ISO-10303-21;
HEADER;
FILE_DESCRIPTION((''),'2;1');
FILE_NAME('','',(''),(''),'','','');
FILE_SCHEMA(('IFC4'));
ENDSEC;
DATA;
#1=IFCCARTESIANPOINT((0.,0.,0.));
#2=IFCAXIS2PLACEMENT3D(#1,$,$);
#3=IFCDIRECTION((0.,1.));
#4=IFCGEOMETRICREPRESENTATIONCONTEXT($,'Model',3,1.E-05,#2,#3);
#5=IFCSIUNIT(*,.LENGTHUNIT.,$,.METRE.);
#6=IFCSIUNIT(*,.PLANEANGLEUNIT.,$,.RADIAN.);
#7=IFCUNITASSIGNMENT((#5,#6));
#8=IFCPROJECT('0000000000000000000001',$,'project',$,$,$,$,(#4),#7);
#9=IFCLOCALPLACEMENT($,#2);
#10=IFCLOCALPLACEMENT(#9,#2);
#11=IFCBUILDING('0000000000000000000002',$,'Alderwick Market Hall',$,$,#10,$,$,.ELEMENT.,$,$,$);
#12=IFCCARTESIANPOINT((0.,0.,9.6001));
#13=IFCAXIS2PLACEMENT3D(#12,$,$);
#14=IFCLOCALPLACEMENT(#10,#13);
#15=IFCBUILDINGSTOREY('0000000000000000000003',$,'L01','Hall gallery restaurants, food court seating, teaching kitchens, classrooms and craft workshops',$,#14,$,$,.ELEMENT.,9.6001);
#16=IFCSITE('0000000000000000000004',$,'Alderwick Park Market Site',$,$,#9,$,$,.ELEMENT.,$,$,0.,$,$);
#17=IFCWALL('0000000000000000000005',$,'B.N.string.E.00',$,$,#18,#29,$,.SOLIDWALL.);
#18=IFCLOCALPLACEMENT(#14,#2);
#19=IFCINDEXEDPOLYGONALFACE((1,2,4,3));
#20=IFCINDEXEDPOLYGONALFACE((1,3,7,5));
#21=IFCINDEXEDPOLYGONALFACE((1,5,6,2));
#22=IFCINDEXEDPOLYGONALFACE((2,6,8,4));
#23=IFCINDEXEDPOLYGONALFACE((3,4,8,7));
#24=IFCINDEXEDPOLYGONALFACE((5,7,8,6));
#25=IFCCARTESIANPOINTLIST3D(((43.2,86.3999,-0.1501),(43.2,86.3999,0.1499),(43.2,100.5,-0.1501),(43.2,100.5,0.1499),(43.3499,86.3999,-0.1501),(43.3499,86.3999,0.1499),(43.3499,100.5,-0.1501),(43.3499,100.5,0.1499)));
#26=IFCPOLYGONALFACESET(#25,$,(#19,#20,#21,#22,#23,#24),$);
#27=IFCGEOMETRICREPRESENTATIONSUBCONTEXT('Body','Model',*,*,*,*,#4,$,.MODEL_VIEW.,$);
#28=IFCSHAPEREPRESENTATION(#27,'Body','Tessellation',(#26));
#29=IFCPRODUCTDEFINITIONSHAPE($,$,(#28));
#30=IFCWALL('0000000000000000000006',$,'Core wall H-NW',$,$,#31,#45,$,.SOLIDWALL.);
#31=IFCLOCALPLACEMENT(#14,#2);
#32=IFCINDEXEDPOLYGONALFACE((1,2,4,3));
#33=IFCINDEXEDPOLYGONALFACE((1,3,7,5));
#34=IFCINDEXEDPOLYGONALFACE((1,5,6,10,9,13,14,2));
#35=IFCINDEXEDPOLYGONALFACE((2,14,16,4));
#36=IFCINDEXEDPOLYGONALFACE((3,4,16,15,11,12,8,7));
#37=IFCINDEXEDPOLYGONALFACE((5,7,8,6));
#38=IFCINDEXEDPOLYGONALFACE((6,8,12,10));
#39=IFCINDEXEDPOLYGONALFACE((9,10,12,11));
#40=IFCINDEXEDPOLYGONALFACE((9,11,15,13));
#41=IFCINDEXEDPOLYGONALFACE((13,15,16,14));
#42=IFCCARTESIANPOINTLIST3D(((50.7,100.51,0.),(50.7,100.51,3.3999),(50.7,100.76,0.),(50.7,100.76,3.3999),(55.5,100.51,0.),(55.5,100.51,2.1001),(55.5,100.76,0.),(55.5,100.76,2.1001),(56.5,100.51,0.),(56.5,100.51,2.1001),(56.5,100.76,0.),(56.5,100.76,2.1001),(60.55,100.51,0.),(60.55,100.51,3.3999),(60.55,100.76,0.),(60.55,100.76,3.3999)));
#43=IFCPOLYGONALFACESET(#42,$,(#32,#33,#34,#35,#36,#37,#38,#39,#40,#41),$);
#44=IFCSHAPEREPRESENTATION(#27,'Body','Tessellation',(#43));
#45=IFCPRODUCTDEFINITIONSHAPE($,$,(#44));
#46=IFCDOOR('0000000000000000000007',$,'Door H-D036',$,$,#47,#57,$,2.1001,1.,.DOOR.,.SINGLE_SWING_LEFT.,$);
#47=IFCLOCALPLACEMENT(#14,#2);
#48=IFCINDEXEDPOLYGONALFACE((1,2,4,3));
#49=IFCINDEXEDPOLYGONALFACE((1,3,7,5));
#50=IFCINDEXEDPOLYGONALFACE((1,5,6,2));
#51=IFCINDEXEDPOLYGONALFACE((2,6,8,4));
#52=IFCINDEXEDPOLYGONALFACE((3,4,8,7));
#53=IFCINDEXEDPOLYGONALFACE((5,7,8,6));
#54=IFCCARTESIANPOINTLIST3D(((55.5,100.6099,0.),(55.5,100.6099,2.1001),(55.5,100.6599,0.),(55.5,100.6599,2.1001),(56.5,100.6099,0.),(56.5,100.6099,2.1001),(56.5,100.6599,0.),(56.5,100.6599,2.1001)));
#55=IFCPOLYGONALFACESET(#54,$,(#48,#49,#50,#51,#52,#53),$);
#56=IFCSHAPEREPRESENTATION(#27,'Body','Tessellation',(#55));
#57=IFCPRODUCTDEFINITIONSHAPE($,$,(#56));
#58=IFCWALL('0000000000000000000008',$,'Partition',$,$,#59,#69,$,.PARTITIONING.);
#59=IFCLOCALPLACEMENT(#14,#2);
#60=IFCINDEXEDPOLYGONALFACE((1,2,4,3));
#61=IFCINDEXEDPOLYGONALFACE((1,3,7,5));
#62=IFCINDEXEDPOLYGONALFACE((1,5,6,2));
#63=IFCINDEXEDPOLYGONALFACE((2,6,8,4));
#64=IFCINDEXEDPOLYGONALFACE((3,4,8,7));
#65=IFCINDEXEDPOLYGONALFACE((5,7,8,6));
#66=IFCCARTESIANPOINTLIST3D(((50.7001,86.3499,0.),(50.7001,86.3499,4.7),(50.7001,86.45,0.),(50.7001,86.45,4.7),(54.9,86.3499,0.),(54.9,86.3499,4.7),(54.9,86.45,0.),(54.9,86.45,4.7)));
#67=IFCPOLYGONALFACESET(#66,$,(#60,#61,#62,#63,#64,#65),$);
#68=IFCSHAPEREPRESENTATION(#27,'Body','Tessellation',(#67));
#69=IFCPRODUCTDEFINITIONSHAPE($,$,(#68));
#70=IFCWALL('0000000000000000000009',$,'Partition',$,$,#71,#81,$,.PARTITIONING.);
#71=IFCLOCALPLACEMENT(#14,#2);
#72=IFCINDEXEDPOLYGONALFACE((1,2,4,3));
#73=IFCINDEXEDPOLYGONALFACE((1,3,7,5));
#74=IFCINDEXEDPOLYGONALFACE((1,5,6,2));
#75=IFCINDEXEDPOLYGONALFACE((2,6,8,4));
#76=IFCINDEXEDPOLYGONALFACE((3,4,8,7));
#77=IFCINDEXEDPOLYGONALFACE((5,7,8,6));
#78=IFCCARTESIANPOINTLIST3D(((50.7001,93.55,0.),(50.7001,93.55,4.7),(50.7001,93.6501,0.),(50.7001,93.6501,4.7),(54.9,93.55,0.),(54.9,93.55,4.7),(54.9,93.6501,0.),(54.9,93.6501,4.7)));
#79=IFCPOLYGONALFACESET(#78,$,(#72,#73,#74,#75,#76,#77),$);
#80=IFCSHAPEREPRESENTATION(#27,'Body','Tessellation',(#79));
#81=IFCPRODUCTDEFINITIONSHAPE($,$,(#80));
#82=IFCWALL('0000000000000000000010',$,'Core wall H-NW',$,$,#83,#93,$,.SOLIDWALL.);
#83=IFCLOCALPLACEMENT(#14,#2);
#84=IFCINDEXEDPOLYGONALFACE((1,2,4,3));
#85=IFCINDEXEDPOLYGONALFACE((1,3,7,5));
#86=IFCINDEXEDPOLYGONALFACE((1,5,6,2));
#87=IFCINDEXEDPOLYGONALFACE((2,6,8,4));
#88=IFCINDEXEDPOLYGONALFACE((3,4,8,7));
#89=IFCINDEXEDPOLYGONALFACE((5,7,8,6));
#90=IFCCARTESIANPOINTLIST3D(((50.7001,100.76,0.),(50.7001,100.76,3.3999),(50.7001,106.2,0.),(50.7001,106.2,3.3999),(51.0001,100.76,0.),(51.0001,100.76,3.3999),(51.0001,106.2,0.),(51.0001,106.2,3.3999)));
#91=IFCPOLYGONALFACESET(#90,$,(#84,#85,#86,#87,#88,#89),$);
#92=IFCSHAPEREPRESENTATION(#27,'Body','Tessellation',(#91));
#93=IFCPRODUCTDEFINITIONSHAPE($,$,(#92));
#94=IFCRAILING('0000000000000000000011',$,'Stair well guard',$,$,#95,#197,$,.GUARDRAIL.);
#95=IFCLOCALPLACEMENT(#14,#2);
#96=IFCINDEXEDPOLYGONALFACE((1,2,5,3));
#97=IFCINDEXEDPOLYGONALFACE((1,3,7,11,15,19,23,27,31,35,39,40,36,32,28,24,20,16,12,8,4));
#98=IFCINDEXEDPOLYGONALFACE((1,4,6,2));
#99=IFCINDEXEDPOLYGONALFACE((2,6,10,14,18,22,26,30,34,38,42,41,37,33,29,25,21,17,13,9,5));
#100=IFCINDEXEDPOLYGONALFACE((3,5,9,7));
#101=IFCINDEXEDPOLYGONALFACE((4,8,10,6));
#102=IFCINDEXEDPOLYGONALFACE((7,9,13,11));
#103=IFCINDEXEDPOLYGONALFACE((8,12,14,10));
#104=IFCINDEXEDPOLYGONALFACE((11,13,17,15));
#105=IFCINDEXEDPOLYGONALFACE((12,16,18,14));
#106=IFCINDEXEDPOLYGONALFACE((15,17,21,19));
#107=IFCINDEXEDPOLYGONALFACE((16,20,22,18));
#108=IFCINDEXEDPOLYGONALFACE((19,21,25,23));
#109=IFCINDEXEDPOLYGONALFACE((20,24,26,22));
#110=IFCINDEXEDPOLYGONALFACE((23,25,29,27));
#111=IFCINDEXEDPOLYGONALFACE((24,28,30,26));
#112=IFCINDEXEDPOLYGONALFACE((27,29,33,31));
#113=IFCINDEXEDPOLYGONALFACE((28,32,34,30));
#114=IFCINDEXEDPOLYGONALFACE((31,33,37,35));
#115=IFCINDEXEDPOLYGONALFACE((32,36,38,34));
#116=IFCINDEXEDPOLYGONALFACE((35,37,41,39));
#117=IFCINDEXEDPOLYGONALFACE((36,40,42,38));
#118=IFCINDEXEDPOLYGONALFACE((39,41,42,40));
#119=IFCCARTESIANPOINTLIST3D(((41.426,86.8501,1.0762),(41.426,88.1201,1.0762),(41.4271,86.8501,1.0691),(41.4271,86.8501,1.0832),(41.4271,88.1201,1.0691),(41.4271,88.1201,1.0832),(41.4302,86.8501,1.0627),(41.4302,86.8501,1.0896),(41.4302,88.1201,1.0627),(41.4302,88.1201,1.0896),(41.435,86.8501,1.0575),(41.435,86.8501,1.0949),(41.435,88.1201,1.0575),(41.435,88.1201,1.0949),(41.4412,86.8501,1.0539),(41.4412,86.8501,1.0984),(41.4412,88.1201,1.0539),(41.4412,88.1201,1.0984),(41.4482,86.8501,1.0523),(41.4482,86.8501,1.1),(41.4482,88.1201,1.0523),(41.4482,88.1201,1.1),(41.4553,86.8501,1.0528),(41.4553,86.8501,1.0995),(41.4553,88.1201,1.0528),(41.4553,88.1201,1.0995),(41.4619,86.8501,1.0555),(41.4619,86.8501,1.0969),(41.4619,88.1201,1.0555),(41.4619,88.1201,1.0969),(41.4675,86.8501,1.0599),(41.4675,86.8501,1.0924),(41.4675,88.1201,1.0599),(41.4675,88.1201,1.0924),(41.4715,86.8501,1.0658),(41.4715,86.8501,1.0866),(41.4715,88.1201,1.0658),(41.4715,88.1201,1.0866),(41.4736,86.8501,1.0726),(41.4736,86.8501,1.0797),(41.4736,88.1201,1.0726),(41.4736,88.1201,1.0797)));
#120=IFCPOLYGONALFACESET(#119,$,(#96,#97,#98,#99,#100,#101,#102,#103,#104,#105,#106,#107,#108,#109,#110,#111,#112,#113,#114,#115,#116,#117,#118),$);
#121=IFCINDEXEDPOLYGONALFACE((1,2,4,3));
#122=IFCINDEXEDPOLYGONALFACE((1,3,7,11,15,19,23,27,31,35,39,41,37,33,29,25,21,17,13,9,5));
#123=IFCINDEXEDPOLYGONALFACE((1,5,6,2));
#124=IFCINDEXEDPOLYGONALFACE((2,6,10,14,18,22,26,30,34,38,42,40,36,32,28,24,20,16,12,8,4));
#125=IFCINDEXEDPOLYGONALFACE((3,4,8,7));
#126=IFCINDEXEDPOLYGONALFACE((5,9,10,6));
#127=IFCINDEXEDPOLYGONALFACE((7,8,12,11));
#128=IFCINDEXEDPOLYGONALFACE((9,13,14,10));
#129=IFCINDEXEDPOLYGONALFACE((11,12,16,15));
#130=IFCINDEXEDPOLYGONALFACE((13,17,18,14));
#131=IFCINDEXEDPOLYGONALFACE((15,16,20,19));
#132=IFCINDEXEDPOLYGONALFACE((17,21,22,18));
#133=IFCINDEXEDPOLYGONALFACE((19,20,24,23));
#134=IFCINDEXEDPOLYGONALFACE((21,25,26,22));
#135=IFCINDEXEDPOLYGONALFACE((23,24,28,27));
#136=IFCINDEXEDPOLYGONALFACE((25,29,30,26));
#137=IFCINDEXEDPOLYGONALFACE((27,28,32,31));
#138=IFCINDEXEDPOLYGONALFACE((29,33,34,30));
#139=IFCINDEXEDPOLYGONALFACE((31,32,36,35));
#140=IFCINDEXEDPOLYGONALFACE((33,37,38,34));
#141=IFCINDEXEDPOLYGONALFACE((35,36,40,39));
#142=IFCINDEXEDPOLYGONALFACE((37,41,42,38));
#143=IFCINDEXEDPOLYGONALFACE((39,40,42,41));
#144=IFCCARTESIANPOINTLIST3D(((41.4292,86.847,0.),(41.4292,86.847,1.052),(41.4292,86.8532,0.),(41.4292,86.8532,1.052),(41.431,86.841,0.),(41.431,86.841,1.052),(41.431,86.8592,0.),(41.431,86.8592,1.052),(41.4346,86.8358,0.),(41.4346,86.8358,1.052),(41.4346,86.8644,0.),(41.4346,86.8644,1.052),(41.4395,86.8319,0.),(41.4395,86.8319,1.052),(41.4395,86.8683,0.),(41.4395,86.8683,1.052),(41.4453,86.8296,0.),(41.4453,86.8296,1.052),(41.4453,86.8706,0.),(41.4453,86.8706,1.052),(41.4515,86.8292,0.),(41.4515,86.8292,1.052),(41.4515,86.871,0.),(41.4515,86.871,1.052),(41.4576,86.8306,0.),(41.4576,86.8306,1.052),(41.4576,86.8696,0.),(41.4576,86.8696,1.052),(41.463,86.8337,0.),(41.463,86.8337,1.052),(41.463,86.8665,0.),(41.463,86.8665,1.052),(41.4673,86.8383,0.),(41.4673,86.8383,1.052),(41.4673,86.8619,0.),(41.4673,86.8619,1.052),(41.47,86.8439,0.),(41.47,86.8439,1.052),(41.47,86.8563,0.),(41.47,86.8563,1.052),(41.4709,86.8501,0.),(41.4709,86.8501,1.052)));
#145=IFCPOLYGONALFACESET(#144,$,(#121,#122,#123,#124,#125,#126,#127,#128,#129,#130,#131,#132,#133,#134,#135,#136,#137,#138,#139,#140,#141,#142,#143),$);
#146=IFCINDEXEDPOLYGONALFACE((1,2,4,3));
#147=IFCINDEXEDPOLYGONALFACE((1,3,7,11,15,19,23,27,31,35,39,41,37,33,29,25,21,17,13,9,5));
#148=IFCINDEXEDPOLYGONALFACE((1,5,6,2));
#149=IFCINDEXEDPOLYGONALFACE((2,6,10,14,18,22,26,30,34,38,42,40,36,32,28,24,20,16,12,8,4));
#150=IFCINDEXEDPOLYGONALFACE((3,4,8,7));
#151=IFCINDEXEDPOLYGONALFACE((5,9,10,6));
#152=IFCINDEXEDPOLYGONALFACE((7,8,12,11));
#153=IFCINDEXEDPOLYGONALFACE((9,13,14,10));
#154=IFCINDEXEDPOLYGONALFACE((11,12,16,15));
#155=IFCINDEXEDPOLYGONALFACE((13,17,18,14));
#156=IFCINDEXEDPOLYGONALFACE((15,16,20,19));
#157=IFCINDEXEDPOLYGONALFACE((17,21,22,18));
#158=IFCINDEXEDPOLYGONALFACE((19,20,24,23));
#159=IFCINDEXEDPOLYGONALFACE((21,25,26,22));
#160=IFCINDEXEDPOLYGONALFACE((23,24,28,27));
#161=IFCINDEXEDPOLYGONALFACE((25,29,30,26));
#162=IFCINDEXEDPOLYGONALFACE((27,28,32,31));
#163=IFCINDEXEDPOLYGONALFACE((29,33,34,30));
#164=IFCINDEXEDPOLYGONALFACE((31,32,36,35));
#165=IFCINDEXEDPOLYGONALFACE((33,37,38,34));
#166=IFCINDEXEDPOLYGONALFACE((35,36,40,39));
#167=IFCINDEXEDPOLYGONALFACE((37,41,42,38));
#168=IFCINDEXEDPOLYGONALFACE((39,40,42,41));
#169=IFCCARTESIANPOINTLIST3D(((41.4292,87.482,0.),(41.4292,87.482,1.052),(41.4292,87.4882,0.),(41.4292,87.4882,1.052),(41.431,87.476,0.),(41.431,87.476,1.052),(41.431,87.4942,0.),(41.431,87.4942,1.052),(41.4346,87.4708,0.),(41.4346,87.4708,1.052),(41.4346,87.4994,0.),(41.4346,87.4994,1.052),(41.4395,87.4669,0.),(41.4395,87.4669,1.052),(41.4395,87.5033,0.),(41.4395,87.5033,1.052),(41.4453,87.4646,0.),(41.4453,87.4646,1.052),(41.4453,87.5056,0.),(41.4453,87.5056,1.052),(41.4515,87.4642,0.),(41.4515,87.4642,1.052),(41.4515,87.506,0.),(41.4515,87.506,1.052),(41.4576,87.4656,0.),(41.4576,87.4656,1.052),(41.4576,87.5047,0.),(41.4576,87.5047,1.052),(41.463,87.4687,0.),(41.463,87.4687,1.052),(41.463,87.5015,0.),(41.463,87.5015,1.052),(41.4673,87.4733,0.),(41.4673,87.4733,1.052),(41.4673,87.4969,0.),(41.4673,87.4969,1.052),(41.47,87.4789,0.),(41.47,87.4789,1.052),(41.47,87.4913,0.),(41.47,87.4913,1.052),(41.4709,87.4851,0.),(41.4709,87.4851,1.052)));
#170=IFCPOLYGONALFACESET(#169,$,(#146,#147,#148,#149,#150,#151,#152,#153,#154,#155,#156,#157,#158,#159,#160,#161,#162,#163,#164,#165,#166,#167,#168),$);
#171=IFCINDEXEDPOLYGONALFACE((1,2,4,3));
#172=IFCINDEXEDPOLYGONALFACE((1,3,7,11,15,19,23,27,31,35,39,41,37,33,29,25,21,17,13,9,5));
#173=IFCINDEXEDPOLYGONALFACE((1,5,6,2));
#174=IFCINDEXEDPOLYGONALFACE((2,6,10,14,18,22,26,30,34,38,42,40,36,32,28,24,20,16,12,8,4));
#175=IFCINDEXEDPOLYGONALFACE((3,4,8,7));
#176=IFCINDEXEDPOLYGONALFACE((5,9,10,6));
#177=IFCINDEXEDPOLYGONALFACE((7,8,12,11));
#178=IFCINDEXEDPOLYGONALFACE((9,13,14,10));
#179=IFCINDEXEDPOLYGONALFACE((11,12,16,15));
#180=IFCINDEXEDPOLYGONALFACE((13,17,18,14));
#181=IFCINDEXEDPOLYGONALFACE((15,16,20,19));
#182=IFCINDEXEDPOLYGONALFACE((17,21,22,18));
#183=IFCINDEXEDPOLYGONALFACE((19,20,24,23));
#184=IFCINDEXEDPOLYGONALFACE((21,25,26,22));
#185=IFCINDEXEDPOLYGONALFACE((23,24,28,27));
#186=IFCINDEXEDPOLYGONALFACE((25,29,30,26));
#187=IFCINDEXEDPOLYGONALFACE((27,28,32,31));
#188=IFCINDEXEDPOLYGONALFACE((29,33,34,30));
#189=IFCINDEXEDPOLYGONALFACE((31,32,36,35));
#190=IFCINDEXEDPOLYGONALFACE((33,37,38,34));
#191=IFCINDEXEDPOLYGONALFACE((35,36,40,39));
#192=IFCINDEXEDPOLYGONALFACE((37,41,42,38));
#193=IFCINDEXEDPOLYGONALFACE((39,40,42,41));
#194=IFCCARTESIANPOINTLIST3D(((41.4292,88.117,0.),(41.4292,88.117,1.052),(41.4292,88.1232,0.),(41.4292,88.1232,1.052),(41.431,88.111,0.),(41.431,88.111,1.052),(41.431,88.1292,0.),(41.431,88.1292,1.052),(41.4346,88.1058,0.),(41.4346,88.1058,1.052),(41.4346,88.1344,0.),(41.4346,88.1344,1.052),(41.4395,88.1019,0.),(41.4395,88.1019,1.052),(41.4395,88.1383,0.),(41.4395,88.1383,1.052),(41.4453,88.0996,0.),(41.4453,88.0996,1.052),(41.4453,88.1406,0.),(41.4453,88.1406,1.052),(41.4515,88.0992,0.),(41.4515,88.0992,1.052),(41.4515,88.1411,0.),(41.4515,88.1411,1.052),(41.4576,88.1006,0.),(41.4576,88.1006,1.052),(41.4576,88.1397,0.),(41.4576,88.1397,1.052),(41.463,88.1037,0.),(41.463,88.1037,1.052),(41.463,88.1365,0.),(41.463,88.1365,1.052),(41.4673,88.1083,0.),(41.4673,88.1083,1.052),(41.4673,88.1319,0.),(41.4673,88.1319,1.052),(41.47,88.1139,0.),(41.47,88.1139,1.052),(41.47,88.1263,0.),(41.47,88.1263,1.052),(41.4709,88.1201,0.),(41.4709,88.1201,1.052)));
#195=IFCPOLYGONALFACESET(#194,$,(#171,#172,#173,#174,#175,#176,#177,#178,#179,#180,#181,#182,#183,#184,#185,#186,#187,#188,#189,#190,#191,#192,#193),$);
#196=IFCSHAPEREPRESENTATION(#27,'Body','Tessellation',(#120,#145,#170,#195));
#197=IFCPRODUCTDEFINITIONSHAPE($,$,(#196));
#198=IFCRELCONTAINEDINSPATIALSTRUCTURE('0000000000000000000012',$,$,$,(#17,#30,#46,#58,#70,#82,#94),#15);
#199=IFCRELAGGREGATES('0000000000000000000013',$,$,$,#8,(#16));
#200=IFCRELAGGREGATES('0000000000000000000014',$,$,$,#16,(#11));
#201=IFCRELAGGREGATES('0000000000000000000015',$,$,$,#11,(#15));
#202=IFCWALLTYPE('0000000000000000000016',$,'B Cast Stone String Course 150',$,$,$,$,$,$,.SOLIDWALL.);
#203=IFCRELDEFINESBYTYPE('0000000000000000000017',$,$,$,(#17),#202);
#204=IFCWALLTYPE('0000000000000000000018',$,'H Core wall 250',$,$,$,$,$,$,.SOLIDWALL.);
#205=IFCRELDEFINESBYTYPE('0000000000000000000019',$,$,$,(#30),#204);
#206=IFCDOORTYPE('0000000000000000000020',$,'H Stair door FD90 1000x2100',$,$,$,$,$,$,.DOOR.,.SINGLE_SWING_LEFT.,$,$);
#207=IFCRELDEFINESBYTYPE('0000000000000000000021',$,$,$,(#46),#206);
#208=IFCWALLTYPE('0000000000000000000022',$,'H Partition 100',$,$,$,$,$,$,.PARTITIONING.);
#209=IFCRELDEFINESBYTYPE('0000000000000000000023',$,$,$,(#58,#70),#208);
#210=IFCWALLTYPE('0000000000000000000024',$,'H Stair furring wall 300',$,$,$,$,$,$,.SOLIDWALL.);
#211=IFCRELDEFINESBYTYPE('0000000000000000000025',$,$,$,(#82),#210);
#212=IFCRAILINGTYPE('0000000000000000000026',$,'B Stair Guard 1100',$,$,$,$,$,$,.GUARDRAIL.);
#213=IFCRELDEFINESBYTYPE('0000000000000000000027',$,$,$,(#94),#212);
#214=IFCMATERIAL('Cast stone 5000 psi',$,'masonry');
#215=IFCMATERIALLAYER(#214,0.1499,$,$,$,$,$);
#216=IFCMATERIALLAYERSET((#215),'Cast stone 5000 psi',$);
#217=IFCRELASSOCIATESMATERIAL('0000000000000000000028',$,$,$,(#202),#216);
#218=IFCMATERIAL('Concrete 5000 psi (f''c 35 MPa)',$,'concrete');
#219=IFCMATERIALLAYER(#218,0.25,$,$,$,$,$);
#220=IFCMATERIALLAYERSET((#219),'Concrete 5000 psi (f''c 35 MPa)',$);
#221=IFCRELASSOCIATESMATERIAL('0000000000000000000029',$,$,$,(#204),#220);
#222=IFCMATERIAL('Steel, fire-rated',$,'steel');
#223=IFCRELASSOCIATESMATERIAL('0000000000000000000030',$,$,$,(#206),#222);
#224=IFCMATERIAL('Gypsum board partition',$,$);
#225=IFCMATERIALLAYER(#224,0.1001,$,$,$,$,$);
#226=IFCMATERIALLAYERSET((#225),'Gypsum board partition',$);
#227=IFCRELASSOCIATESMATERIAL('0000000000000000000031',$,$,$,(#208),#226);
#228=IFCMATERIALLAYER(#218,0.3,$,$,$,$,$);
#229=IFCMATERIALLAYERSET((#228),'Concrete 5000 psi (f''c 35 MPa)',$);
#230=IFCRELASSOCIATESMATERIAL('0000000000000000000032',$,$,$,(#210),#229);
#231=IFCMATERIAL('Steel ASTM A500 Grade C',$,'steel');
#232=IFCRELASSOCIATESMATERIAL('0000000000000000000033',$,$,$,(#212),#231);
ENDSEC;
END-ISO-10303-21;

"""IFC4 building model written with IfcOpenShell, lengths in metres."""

from ifc_helpers import new_model, si_unit, direction, frame, frame_2d, origin, origin_2d, place, context, subcontext, project, spatial, rectangle, circle, extrude, material, layer, layer_set, type_object, element, fill, save


model = new_model("IFC4")

# Units and contexts
model_context = context("Model", 3, precision=1e-05, world=origin(), true_north=direction((0.0, 1.0)))
body_context = subcontext(model_context, "Body", "Model", "MODEL_VIEW")
ifc_project = project(units=[si_unit("LENGTHUNIT", "METRE"), si_unit("PLANEANGLEUNIT", "RADIAN")], contexts=[model_context])

# Site, building, storey
site_placement = place(None, origin())
site = spatial("IfcSite", under=ifc_project, at=site_placement, Name="Alderwick Park Market Site", CompositionType="ELEMENT", RefElevation=0.0)
building_placement = place(site_placement, origin())
building = spatial("IfcBuilding", under=site, at=building_placement, Name="Alderwick Market Hall", CompositionType="ELEMENT")
storey_placement = place(building_placement, frame((0.0, 0.0, 9.6001)))
storey = spatial("IfcBuildingStorey", under=building, at=storey_placement, Name="L01", Description="Hall gallery restaurants, food court seating, teaching kitchens, classrooms and craft workshops", CompositionType="ELEMENT", Elevation=9.6001)

# Shared definitions
ifc_material_1 = material(Name="Concrete 5000 psi (f'c 35 MPa)", Category="concrete")

# Wall
ifc_material_2 = material(Name="Cast stone 5000 psi", Category="masonry")
ifc_layer_1 = layer(ifc_material_2, 0.1499)
ifc_layer_set_1 = layer_set([ifc_layer_1], Name="Cast stone 5000 psi")
wall_type_1 = type_object("IfcWallType", Name="B Cast Stone String Course 150", PredefinedType="SOLIDWALL", material=ifc_layer_set_1)
wall_1_placement = place(storey_placement, frame((43.2749, 86.3999, -0.1501), z_axis=(0.0, 0.0, 1.0), x_axis=(0.0, 1.0, 0.0)))
element("IfcWall", 1, at=wall_1_placement, inside=storey, type_object=wall_type_1, Name="B.N.string.E.00", PredefinedType="SOLIDWALL", context=body_context, shape_type="SweptSolid", body=[
    extrude(rectangle(XDim=14.1001, YDim=0.1499, at=frame_2d((7.05, 0.0))), origin(), (0.0, 0.0, 1.0), 0.3),
])

# Wall, opening, door
ifc_layer_2 = layer(ifc_material_1, 0.25)
ifc_layer_set_2 = layer_set([ifc_layer_2], Name="Concrete 5000 psi (f'c 35 MPa)")
wall_type_2 = type_object("IfcWallType", Name="H Core wall 250", PredefinedType="SOLIDWALL", material=ifc_layer_set_2)
wall_2_placement = place(storey_placement, frame((50.7, 100.635, 0.0), z_axis=(0.0, 0.0, 1.0), x_axis=(1.0, 0.0, 0.0)))
wall_2 = element("IfcWall", 2, at=wall_2_placement, inside=storey, type_object=wall_type_2, Name="Core wall H-NW", PredefinedType="SOLIDWALL", context=body_context, shape_type="SweptSolid", body=[
    extrude(rectangle(XDim=9.8501, YDim=0.25, at=frame_2d((4.925, 0.0))), origin(), (0.0, 0.0, 1.0), 3.3999),
])
opening_placement = place(wall_2_placement, frame((4.8, 0.0, 0.0)))
opening = element("IfcOpeningElement", 3, at=opening_placement, cuts=wall_2, PredefinedType="OPENING", context=body_context, shape_type="SweptSolid", body=[
    extrude(rectangle(XDim=1.0, YDim=2.1001, at=frame_2d((0.5, 1.05))), frame((0.0, 0.135, 0.0), z_axis=(0.0, -1.0, 0.0), x_axis=(1.0, 0.0, 0.0)), (0.0, 0.0, 1.0), 0.27),
])
ifc_material_3 = material(Name="Steel, fire-rated", Category="steel")
door_type = type_object("IfcDoorType", Name="H Stair door FD90 1000x2100", OperationType="SINGLE_SWING_LEFT", PredefinedType="DOOR", material=ifc_material_3)
door_placement = place(opening_placement, origin())
door = element("IfcDoor", 4, at=door_placement, inside=storey, type_object=door_type, Name="Door H-D036", OperationType="SINGLE_SWING_LEFT", OverallHeight=2.1001, OverallWidth=1.0, PredefinedType="DOOR", context=body_context, shape_type="SweptSolid", body=[
    extrude(rectangle(XDim=1.0, YDim=2.1001, at=frame_2d((0.5, 1.05))), frame((0.0, 0.0249, 0.0), z_axis=(0.0, -1.0, 0.0), x_axis=(1.0, 0.0, 0.0)), (0.0, 0.0, 1.0), 0.05),
])
fill(opening, door)

# Walls
ifc_material_4 = material(Name="Gypsum board partition")
ifc_layer_3 = layer(ifc_material_4, 0.1001)
ifc_layer_set_3 = layer_set([ifc_layer_3], Name="Gypsum board partition")
wall_type_3 = type_object("IfcWallType", Name="H Partition 100", PredefinedType="PARTITIONING", material=ifc_layer_set_3)
for number, where, z_axis, x_axis, name in (
    (5, (50.7, 86.3999, 0.0), (0.0, 0.0, 1.0), (1.0, 0.0, 0.0), "Partition"),
    (6, (50.7, 93.6001, 0.0), (0.0, 0.0, 1.0), (1.0, 0.0, 0.0), "Partition"),
):
    element("IfcWall", number, at=place(storey_placement, frame(where, z_axis=z_axis, x_axis=x_axis)), inside=storey, type_object=wall_type_3, Name=name, PredefinedType="PARTITIONING", context=body_context, shape_type="SweptSolid", body=[
        extrude(rectangle(XDim=4.2, YDim=0.1001, at=frame_2d((2.1001, 0.0))), origin(), (0.0, 0.0, 1.0), 4.7),
    ])
ifc_layer_4 = layer(ifc_material_1, 0.3)
ifc_layer_set_4 = layer_set([ifc_layer_4], Name="Concrete 5000 psi (f'c 35 MPa)")
wall_type_4 = type_object("IfcWallType", Name="H Stair furring wall 300", PredefinedType="SOLIDWALL", material=ifc_layer_set_4)
wall_3_placement = place(storey_placement, frame((50.8501, 100.76, 0.0), z_axis=(0.0, 0.0, 1.0), x_axis=(0.0, 1.0, 0.0)))
element("IfcWall", 7, at=wall_3_placement, inside=storey, type_object=wall_type_4, Name="Core wall H-NW", PredefinedType="SOLIDWALL", context=body_context, shape_type="SweptSolid", body=[
    extrude(rectangle(XDim=5.4399, YDim=0.3, at=frame_2d((2.72, 0.0))), origin(), (0.0, 0.0, 1.0), 3.3999),
])

# Railing
ifc_material_5 = material(Name="Steel ASTM A500 Grade C", Category="steel")
railing_type = type_object("IfcRailingType", Name="B Stair Guard 1100", PredefinedType="GUARDRAIL", material=ifc_material_5)
railing_placement = place(storey_placement, frame((41.45, 86.8501, 0.0)))
element("IfcRailing", 8, at=railing_placement, inside=storey, type_object=railing_type, Name="Stair well guard", PredefinedType="GUARDRAIL", context=body_context, shape_type="SweptSolid", body=[
    extrude(circle(Radius=0.0239, at=origin_2d()), frame((0.0, 0.0, 1.0762), z_axis=(0.0, 1.0, 0.0), x_axis=(-1.0, 0.0, 0.0)), (0.0, 0.0, 1.0), 1.27),
    extrude(circle(Radius=0.021, at=origin_2d()), origin(), (0.0, 0.0, 1.0), 1.052),
    extrude(circle(Radius=0.021, at=origin_2d()), frame((0.0, 0.635, 0.0)), (0.0, 0.0, 1.0), 1.052),
    extrude(circle(Radius=0.021, at=origin_2d()), frame((0.0, 1.27, 0.0)), (0.0, 0.0, 1.0), 1.052),
])

save(model, "model.ifc")
